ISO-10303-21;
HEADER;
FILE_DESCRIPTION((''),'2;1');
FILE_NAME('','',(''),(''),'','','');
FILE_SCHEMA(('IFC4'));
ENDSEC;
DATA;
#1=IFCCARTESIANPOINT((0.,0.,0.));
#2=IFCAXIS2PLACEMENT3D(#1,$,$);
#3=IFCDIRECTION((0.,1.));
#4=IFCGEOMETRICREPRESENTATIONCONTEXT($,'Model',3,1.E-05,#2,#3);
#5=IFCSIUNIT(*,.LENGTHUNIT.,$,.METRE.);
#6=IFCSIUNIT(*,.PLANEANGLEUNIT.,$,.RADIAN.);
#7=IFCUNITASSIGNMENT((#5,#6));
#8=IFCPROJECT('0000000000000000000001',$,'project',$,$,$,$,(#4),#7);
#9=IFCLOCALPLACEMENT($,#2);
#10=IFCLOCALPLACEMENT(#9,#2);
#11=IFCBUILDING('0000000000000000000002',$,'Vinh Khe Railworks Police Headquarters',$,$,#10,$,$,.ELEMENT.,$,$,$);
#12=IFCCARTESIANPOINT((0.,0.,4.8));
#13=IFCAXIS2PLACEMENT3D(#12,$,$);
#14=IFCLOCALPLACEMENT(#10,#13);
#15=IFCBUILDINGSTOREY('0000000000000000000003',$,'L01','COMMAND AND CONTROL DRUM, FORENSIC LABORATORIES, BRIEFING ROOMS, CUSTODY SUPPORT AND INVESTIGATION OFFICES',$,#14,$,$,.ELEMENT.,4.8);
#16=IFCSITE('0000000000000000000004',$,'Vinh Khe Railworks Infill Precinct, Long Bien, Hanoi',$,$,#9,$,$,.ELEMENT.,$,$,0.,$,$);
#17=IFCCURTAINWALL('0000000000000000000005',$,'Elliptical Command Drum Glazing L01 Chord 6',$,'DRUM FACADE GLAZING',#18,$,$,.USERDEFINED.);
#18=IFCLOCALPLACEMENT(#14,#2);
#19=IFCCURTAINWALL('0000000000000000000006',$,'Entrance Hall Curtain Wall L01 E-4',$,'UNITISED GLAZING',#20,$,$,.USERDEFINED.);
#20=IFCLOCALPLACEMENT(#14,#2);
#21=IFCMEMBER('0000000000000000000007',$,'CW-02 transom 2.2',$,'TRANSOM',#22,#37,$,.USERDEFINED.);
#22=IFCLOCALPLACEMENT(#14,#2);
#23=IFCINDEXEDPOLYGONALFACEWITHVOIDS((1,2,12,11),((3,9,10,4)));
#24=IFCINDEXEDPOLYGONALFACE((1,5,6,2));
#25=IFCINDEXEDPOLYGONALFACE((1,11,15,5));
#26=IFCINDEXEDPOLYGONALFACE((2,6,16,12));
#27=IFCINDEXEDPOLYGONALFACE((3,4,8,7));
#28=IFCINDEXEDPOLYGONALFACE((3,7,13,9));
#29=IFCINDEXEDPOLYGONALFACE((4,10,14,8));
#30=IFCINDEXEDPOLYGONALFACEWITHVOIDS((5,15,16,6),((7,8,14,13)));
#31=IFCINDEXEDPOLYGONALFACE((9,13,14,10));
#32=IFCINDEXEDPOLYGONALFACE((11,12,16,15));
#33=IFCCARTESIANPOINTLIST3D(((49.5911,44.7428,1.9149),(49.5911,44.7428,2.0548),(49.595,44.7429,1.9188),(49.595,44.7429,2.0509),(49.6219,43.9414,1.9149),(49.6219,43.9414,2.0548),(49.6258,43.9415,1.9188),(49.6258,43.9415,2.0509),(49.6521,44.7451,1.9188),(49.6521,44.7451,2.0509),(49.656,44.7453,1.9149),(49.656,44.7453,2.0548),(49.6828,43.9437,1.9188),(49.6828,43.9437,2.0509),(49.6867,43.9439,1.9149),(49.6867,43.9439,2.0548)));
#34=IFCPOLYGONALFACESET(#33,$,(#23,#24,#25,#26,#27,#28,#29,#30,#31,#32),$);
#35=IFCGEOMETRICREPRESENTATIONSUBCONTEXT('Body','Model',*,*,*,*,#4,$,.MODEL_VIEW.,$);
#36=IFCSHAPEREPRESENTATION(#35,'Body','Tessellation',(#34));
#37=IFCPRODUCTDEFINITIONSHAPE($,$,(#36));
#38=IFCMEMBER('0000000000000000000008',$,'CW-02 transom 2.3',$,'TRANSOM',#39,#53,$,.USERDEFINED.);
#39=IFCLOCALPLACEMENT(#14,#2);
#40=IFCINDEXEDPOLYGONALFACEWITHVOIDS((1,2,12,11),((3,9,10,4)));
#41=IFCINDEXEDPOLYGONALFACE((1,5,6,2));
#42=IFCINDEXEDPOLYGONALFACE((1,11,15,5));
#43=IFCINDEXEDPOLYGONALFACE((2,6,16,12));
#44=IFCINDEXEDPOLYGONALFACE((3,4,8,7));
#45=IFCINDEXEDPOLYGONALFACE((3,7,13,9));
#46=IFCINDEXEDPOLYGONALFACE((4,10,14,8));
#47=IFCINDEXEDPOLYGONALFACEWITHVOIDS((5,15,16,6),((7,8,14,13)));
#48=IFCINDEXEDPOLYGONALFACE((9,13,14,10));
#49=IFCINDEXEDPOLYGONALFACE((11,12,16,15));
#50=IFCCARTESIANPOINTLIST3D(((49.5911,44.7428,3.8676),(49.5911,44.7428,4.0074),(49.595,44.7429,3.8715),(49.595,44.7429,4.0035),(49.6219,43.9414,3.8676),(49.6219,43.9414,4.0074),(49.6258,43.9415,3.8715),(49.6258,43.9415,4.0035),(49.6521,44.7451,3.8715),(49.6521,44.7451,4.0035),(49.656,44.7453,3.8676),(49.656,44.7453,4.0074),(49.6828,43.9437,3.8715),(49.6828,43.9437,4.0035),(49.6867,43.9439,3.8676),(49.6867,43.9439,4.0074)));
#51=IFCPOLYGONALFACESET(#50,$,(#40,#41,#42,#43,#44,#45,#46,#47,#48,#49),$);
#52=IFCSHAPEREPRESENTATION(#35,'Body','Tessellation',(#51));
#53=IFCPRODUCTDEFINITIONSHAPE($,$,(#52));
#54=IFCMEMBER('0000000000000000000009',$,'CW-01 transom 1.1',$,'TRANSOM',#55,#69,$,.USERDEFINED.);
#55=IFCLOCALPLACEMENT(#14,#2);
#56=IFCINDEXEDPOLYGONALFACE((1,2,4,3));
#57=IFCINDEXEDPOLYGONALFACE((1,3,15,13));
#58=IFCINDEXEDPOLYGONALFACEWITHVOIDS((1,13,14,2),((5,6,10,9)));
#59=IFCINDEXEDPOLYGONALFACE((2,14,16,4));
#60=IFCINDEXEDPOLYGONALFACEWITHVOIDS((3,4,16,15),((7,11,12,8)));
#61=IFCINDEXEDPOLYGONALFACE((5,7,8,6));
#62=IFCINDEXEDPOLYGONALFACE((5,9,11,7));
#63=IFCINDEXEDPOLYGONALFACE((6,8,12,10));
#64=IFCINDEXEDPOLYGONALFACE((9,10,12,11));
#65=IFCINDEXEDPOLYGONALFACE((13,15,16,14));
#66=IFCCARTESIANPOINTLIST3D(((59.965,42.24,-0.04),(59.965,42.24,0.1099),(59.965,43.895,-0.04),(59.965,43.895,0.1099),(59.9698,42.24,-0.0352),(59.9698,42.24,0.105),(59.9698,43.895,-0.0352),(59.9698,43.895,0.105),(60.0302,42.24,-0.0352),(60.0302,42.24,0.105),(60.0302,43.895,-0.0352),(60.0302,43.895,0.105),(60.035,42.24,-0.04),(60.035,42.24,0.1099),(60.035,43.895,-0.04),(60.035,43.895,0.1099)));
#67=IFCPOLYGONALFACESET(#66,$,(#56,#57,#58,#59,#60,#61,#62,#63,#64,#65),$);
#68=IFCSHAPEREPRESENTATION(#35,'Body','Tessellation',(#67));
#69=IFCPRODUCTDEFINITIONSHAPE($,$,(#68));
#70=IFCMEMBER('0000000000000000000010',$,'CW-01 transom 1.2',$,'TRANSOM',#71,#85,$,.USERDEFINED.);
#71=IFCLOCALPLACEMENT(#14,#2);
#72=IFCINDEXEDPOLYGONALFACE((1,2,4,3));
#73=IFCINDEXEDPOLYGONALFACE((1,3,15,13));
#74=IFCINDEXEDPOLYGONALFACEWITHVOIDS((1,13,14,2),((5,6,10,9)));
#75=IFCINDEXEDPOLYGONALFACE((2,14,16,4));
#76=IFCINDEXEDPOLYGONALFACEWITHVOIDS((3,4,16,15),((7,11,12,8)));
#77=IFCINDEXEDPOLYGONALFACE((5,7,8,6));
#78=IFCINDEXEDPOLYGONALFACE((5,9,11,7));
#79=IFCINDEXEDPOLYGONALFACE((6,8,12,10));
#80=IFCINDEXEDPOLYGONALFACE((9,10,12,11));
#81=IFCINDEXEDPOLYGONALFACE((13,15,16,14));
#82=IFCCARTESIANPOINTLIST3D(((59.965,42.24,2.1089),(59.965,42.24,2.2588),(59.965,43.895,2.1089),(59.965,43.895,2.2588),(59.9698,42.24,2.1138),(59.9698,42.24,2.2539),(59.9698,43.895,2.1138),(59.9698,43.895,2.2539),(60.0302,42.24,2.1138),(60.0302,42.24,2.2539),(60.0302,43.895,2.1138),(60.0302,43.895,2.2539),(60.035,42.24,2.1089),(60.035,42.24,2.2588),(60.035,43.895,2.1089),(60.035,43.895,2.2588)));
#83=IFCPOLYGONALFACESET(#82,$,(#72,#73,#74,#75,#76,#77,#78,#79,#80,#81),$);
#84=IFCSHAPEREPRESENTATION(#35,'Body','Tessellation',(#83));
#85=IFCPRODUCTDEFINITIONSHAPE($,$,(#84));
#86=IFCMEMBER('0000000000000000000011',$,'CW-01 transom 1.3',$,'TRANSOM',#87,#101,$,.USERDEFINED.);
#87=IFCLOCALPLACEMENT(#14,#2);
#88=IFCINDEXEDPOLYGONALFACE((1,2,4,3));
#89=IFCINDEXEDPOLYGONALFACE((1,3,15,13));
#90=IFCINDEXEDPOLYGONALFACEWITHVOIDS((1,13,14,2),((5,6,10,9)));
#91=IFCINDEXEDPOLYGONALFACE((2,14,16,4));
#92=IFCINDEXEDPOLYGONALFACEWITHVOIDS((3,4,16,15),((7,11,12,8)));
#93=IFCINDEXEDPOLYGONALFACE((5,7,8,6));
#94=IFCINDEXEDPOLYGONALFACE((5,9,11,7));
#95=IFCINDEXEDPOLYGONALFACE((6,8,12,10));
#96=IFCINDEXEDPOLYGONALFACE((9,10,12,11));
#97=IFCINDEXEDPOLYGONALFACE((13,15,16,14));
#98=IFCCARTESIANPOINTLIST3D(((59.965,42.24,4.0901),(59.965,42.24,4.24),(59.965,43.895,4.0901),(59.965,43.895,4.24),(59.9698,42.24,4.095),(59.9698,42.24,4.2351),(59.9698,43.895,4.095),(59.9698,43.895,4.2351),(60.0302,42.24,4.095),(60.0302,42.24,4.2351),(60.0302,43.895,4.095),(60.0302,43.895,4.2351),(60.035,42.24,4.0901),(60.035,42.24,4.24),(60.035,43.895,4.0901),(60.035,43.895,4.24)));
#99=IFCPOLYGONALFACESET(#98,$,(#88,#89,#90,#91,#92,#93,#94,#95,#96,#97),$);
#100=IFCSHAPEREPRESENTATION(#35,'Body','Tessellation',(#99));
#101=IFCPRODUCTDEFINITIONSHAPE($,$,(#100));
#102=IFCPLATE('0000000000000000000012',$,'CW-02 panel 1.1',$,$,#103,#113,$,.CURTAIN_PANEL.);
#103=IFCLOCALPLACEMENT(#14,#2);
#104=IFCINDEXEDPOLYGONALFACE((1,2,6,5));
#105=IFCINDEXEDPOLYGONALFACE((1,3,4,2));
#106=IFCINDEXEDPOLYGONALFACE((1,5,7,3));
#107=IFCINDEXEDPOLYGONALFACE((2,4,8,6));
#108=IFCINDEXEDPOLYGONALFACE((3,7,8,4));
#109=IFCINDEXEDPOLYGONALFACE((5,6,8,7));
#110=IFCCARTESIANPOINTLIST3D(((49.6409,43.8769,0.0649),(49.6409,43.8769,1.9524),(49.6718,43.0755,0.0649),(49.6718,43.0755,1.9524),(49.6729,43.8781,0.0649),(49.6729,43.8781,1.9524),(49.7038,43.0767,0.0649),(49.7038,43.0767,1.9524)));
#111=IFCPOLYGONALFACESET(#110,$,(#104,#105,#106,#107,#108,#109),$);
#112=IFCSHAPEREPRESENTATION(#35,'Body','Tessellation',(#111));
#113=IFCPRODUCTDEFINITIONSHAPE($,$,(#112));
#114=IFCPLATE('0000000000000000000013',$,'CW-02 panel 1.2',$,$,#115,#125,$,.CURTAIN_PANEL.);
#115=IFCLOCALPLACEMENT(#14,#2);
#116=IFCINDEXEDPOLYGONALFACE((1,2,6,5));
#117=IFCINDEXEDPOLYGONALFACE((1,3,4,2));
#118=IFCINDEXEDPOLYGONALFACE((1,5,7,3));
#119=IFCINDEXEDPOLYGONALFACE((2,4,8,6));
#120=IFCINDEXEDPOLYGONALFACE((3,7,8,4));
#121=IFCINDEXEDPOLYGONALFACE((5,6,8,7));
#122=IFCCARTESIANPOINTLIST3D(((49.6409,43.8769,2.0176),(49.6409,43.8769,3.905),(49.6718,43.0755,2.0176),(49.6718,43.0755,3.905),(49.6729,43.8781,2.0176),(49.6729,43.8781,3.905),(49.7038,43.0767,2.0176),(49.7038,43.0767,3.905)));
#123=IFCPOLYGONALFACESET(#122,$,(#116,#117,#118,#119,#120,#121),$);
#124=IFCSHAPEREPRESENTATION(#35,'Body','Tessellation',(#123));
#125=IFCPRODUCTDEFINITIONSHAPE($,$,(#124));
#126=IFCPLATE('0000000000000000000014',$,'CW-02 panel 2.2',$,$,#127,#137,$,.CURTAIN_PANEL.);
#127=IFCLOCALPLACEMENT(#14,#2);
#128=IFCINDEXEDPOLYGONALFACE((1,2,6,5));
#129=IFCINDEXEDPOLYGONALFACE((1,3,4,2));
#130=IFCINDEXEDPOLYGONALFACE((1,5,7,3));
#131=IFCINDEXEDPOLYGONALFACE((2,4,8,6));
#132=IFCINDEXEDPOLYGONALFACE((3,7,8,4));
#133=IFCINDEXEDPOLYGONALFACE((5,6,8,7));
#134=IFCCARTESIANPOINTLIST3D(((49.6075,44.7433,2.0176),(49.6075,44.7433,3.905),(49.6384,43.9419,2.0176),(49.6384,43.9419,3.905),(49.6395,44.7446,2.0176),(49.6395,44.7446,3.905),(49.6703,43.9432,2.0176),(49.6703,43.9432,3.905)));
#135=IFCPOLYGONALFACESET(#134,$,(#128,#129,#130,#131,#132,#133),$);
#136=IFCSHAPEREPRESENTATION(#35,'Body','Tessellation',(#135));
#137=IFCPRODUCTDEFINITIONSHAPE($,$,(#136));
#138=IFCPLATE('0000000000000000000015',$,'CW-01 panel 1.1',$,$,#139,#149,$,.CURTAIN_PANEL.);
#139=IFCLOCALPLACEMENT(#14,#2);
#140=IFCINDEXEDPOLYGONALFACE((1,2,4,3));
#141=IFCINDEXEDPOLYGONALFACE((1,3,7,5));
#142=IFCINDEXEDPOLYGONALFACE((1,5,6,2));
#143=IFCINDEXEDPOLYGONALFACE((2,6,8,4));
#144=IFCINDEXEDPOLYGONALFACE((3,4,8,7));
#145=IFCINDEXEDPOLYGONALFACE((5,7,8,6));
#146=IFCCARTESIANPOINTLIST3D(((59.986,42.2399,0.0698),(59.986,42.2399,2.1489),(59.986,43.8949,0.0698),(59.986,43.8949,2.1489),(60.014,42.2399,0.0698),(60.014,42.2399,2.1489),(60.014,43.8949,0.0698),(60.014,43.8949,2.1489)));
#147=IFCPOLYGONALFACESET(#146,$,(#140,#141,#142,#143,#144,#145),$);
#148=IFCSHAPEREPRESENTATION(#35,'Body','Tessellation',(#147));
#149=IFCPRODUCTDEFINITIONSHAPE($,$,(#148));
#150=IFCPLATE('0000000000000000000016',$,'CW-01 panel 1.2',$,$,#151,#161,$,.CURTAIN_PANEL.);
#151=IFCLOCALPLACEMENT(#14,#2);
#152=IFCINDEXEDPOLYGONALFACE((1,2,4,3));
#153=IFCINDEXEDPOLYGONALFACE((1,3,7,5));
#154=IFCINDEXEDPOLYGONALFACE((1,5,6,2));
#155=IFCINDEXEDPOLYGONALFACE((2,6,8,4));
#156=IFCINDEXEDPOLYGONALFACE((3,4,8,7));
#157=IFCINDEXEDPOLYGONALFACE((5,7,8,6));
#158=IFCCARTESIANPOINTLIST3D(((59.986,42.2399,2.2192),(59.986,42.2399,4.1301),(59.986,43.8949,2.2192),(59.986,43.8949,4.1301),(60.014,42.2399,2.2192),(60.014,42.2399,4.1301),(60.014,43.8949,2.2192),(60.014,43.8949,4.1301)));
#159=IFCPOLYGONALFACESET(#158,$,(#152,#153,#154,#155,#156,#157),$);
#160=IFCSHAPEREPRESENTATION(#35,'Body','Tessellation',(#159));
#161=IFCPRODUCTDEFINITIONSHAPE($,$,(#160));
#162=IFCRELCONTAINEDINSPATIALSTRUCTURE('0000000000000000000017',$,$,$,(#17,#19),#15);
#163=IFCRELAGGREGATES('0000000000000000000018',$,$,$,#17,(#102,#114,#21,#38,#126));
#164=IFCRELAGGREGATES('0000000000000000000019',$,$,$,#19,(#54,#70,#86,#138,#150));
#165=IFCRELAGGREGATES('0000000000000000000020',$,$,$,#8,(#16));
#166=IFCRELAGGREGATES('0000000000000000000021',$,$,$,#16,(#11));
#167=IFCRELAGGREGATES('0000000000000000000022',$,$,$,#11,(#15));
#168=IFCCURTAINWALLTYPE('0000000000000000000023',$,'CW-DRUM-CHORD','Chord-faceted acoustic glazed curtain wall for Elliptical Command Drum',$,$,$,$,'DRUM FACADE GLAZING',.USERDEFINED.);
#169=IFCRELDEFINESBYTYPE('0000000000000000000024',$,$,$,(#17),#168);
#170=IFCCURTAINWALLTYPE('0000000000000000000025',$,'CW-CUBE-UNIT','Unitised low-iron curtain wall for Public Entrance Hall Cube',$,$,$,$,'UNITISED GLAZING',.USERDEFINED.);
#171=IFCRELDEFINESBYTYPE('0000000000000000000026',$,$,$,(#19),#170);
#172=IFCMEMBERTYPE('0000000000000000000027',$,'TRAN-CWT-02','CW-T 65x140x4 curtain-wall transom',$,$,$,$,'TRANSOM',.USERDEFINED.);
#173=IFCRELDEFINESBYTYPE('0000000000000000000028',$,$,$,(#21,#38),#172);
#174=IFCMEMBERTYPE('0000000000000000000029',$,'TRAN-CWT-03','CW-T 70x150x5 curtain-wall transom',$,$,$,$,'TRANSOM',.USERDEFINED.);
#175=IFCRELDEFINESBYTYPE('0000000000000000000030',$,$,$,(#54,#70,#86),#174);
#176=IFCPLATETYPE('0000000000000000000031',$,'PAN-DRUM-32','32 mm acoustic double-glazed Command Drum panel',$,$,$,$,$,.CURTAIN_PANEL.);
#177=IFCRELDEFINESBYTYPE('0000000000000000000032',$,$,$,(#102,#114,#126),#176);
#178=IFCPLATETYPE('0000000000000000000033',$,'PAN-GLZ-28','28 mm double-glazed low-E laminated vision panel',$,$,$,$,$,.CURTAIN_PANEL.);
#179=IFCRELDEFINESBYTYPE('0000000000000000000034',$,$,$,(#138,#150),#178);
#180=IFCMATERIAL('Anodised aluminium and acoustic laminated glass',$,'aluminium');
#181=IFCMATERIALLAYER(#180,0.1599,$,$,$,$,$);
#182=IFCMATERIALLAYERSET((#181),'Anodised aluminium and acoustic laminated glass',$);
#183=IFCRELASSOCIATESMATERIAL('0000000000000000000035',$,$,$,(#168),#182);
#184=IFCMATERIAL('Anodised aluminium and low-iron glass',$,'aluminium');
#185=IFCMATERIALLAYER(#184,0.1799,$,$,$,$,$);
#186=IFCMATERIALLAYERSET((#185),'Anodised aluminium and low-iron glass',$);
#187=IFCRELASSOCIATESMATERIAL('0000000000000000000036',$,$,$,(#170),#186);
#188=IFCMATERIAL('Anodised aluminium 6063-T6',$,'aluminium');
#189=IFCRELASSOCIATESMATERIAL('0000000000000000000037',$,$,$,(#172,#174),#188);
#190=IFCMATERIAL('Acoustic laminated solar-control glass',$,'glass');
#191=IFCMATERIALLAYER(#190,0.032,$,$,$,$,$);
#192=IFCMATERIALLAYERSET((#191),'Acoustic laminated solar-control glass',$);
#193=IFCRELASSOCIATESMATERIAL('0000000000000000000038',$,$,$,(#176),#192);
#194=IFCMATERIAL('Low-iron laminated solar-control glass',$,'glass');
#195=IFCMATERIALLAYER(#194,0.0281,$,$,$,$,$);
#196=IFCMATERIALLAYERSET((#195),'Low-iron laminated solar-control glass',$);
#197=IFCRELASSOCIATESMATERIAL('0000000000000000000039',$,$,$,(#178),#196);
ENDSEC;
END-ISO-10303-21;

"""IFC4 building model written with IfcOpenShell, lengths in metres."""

from ifc_helpers import new_model, si_unit, direction, frame, origin, origin_2d, place, context, subcontext, project, spatial, rectangle, hollow_rectangle, extrude, material, layer, layer_set, material_profile, profile_set, type_object, element, aggregate, save


model = new_model("IFC4")

# Units and contexts
model_context = context("Model", 3, precision=1e-05, world=origin(), true_north=direction((0.0, 1.0)))
body_context = subcontext(model_context, "Body", "Model", "MODEL_VIEW")
ifc_project = project(units=[si_unit("LENGTHUNIT", "METRE"), si_unit("PLANEANGLEUNIT", "RADIAN")], contexts=[model_context])

# Site, building, storey
site_placement = place(None, origin())
site = spatial("IfcSite", under=ifc_project, at=site_placement, Name="Vinh Khe Railworks Infill Precinct, Long Bien, Hanoi", CompositionType="ELEMENT", RefElevation=0.0)
building_placement = place(site_placement, origin())
building = spatial("IfcBuilding", under=site, at=building_placement, Name="Vinh Khe Railworks Police Headquarters", CompositionType="ELEMENT")
storey_placement = place(building_placement, frame((0.0, 0.0, 4.8)))
storey = spatial("IfcBuildingStorey", under=building, at=storey_placement, Name="L01", Description="COMMAND AND CONTROL DRUM, FORENSIC LABORATORIES, BRIEFING ROOMS, CUSTODY SUPPORT AND INVESTIGATION OFFICES", CompositionType="ELEMENT", Elevation=4.8)

# Curtain walls
ifc_material_1 = material(Name="Anodised aluminium and acoustic laminated glass", Category="aluminium")
ifc_layer_1 = layer(ifc_material_1, 0.1599)
ifc_layer_set_1 = layer_set([ifc_layer_1], Name="Anodised aluminium and acoustic laminated glass")
curtain_wall_type_1 = type_object("IfcCurtainWallType", Name="CW-DRUM-CHORD", Description="Chord-faceted acoustic glazed curtain wall for Elliptical Command Drum", ElementType="DRUM FACADE GLAZING", PredefinedType="USERDEFINED", material=ifc_layer_set_1)
curtain_wall_1_placement = place(storey_placement, origin())
curtain_wall_1 = element("IfcCurtainWall", 1, at=curtain_wall_1_placement, inside=storey, type_object=curtain_wall_type_1, Name="Elliptical Command Drum Glazing L01 Chord 6", ObjectType="DRUM FACADE GLAZING", PredefinedType="USERDEFINED")
ifc_material_2 = material(Name="Anodised aluminium 6063-T6", Category="aluminium")
ifc_material_3 = material(Name="Anodised aluminium and low-iron glass", Category="aluminium")
ifc_layer_2 = layer(ifc_material_3, 0.1799)
ifc_layer_set_2 = layer_set([ifc_layer_2], Name="Anodised aluminium and low-iron glass")
curtain_wall_type_2 = type_object("IfcCurtainWallType", Name="CW-CUBE-UNIT", Description="Unitised low-iron curtain wall for Public Entrance Hall Cube", ElementType="UNITISED GLAZING", PredefinedType="USERDEFINED", material=ifc_layer_set_2)
curtain_wall_2_placement = place(storey_placement, origin())
curtain_wall_2 = element("IfcCurtainWall", 2, at=curtain_wall_2_placement, inside=storey, type_object=curtain_wall_type_2, Name="Entrance Hall Curtain Wall L01 E-4", ObjectType="UNITISED GLAZING", PredefinedType="USERDEFINED")

# Members
ifc_material_profile_1 = material_profile(ifc_material_2, hollow_rectangle(XDim=0.0649, YDim=0.1399, WallThickness=0.0039, at=origin_2d()), Name="CW-T 65x140x4")
ifc_profile_set_1 = profile_set([ifc_material_profile_1], Name="Anodised aluminium 6063-T6")
member_type_1 = type_object("IfcMemberType", Name="TRAN-CWT-02", Description="CW-T 65x140x4 curtain-wall transom", ElementType="TRANSOM", PredefinedType="USERDEFINED", material=ifc_profile_set_1)
member_1_placement = place(storey_placement, frame((49.6543, 43.9426, 1.9849), z_axis=(-0.038351, 0.999264, 0.0), x_axis=(-0.999264, -0.038351, 0.0)))
member_1 = element("IfcMember", 3, at=member_1_placement, type_object=member_type_1, Name="CW-02 transom 2.2", ObjectType="TRANSOM", PredefinedType="USERDEFINED", context=body_context, shape_type="SweptSolid", body=[
    extrude(hollow_rectangle(XDim=0.0649, YDim=0.1399, WallThickness=0.0039, at=origin_2d()), origin(), (0.0, 0.0, 1.0), 0.802),
])
member_2_placement = place(storey_placement, frame((49.6543, 43.9426, 3.9375), z_axis=(-0.038351, 0.999264, 0.0), x_axis=(-0.999264, -0.038351, 0.0)))
member_2 = element("IfcMember", 4, at=member_2_placement, type_object=member_type_1, Name="CW-02 transom 2.3", ObjectType="TRANSOM", PredefinedType="USERDEFINED", context=body_context, shape_type="SweptSolid", body=[
    extrude(hollow_rectangle(XDim=0.0649, YDim=0.1399, WallThickness=0.0039, at=origin_2d()), origin(), (0.0, 0.0, 1.0), 0.802),
])
ifc_material_profile_2 = material_profile(ifc_material_2, hollow_rectangle(XDim=0.0701, YDim=0.1499, WallThickness=0.0049, at=origin_2d()), Name="CW-T 70x150x5")
ifc_profile_set_2 = profile_set([ifc_material_profile_2], Name="Anodised aluminium 6063-T6")
member_type_2 = type_object("IfcMemberType", Name="TRAN-CWT-03", Description="CW-T 70x150x5 curtain-wall transom", ElementType="TRANSOM", PredefinedType="USERDEFINED", material=ifc_profile_set_2)
member_3_placement = place(storey_placement, frame((60.0, 42.24, 0.0349), z_axis=(0.0, 1.0, 0.0), x_axis=(-1.0, 0.0, 0.0)))
member_3 = element("IfcMember", 5, at=member_3_placement, type_object=member_type_2, Name="CW-01 transom 1.1", ObjectType="TRANSOM", PredefinedType="USERDEFINED", context=body_context, shape_type="SweptSolid", body=[
    extrude(hollow_rectangle(XDim=0.0701, YDim=0.1499, WallThickness=0.0049, at=origin_2d()), origin(), (0.0, 0.0, 1.0), 1.655),
])
member_4_placement = place(storey_placement, frame((60.0, 42.24, 2.1838), z_axis=(0.0, 1.0, 0.0), x_axis=(-1.0, 0.0, 0.0)))
member_4 = element("IfcMember", 6, at=member_4_placement, type_object=member_type_2, Name="CW-01 transom 1.2", ObjectType="TRANSOM", PredefinedType="USERDEFINED", context=body_context, shape_type="SweptSolid", body=[
    extrude(hollow_rectangle(XDim=0.0701, YDim=0.1499, WallThickness=0.0049, at=origin_2d()), origin(), (0.0, 0.0, 1.0), 1.655),
])
member_5_placement = place(storey_placement, frame((60.0, 42.24, 4.165), z_axis=(0.0, 1.0, 0.0), x_axis=(-1.0, 0.0, 0.0)))
member_5 = element("IfcMember", 7, at=member_5_placement, type_object=member_type_2, Name="CW-01 transom 1.3", ObjectType="TRANSOM", PredefinedType="USERDEFINED", context=body_context, shape_type="SweptSolid", body=[
    extrude(hollow_rectangle(XDim=0.0701, YDim=0.1499, WallThickness=0.0049, at=origin_2d()), origin(), (0.0, 0.0, 1.0), 1.655),
])

# Plates
ifc_material_4 = material(Name="Acoustic laminated solar-control glass", Category="glass")
ifc_layer_3 = layer(ifc_material_4, 0.032)
ifc_layer_set_3 = layer_set([ifc_layer_3], Name="Acoustic laminated solar-control glass")
plate_type_1 = type_object("IfcPlateType", Name="PAN-DRUM-32", Description="32 mm acoustic double-glazed Command Drum panel", PredefinedType="CURTAIN_PANEL", material=ifc_layer_set_3)
plate_1_placement = place(storey_placement, frame((49.6724, 43.4768, 0.0649), z_axis=(0.0, 0.0, 1.0), x_axis=(-0.038512, 0.999258, 0.0)))
plate_1 = element("IfcPlate", 8, at=plate_1_placement, type_object=plate_type_1, Name="CW-02 panel 1.1", PredefinedType="CURTAIN_PANEL", context=body_context, shape_type="SweptSolid", body=[
    extrude(rectangle(XDim=0.802, YDim=0.032, at=origin_2d()), origin(), (0.0, 0.0, 1.0), 1.8875),
])
plate_2_placement = place(storey_placement, frame((49.6724, 43.4768, 2.0176), z_axis=(0.0, 0.0, 1.0), x_axis=(-0.038512, 0.999258, 0.0)))
plate_2 = element("IfcPlate", 9, at=plate_2_placement, type_object=plate_type_1, Name="CW-02 panel 1.2", PredefinedType="CURTAIN_PANEL", context=body_context, shape_type="SweptSolid", body=[
    extrude(rectangle(XDim=0.802, YDim=0.032, at=origin_2d()), origin(), (0.0, 0.0, 1.0), 1.8875),
])
plate_3_placement = place(storey_placement, frame((49.6389, 44.3433, 2.0176), z_axis=(0.0, 0.0, 1.0), x_axis=(-0.038512, 0.999258, 0.0)))
plate_3 = element("IfcPlate", 10, at=plate_3_placement, type_object=plate_type_1, Name="CW-02 panel 2.2", PredefinedType="CURTAIN_PANEL", context=body_context, shape_type="SweptSolid", body=[
    extrude(rectangle(XDim=0.802, YDim=0.032, at=origin_2d()), origin(), (0.0, 0.0, 1.0), 1.8875),
])
aggregate(curtain_wall_1, [plate_1, plate_2, member_1, member_2, plate_3])
ifc_material_5 = material(Name="Low-iron laminated solar-control glass", Category="glass")
ifc_layer_4 = layer(ifc_material_5, 0.0281)
ifc_layer_set_4 = layer_set([ifc_layer_4], Name="Low-iron laminated solar-control glass")
plate_type_2 = type_object("IfcPlateType", Name="PAN-GLZ-28", Description="28 mm double-glazed low-E laminated vision panel", PredefinedType="CURTAIN_PANEL", material=ifc_layer_set_4)
plate_4_placement = place(storey_placement, frame((60.0, 43.0674, 0.0698), z_axis=(0.0, 0.0, 1.0), x_axis=(0.0, 1.0, 0.0)))
plate_4 = element("IfcPlate", 11, at=plate_4_placement, type_object=plate_type_2, Name="CW-01 panel 1.1", PredefinedType="CURTAIN_PANEL", context=body_context, shape_type="SweptSolid", body=[
    extrude(rectangle(XDim=1.655, YDim=0.0281, at=origin_2d()), origin(), (0.0, 0.0, 1.0), 2.0791),
])
plate_5_placement = place(storey_placement, frame((60.0, 43.0674, 2.2192), z_axis=(0.0, 0.0, 1.0), x_axis=(0.0, 1.0, 0.0)))
plate_5 = element("IfcPlate", 12, at=plate_5_placement, type_object=plate_type_2, Name="CW-01 panel 1.2", PredefinedType="CURTAIN_PANEL", context=body_context, shape_type="SweptSolid", body=[
    extrude(rectangle(XDim=1.655, YDim=0.0281, at=origin_2d()), origin(), (0.0, 0.0, 1.0), 1.9109),
])
aggregate(curtain_wall_2, [member_3, member_4, member_5, plate_4, plate_5])

save(model, "model.ifc")
